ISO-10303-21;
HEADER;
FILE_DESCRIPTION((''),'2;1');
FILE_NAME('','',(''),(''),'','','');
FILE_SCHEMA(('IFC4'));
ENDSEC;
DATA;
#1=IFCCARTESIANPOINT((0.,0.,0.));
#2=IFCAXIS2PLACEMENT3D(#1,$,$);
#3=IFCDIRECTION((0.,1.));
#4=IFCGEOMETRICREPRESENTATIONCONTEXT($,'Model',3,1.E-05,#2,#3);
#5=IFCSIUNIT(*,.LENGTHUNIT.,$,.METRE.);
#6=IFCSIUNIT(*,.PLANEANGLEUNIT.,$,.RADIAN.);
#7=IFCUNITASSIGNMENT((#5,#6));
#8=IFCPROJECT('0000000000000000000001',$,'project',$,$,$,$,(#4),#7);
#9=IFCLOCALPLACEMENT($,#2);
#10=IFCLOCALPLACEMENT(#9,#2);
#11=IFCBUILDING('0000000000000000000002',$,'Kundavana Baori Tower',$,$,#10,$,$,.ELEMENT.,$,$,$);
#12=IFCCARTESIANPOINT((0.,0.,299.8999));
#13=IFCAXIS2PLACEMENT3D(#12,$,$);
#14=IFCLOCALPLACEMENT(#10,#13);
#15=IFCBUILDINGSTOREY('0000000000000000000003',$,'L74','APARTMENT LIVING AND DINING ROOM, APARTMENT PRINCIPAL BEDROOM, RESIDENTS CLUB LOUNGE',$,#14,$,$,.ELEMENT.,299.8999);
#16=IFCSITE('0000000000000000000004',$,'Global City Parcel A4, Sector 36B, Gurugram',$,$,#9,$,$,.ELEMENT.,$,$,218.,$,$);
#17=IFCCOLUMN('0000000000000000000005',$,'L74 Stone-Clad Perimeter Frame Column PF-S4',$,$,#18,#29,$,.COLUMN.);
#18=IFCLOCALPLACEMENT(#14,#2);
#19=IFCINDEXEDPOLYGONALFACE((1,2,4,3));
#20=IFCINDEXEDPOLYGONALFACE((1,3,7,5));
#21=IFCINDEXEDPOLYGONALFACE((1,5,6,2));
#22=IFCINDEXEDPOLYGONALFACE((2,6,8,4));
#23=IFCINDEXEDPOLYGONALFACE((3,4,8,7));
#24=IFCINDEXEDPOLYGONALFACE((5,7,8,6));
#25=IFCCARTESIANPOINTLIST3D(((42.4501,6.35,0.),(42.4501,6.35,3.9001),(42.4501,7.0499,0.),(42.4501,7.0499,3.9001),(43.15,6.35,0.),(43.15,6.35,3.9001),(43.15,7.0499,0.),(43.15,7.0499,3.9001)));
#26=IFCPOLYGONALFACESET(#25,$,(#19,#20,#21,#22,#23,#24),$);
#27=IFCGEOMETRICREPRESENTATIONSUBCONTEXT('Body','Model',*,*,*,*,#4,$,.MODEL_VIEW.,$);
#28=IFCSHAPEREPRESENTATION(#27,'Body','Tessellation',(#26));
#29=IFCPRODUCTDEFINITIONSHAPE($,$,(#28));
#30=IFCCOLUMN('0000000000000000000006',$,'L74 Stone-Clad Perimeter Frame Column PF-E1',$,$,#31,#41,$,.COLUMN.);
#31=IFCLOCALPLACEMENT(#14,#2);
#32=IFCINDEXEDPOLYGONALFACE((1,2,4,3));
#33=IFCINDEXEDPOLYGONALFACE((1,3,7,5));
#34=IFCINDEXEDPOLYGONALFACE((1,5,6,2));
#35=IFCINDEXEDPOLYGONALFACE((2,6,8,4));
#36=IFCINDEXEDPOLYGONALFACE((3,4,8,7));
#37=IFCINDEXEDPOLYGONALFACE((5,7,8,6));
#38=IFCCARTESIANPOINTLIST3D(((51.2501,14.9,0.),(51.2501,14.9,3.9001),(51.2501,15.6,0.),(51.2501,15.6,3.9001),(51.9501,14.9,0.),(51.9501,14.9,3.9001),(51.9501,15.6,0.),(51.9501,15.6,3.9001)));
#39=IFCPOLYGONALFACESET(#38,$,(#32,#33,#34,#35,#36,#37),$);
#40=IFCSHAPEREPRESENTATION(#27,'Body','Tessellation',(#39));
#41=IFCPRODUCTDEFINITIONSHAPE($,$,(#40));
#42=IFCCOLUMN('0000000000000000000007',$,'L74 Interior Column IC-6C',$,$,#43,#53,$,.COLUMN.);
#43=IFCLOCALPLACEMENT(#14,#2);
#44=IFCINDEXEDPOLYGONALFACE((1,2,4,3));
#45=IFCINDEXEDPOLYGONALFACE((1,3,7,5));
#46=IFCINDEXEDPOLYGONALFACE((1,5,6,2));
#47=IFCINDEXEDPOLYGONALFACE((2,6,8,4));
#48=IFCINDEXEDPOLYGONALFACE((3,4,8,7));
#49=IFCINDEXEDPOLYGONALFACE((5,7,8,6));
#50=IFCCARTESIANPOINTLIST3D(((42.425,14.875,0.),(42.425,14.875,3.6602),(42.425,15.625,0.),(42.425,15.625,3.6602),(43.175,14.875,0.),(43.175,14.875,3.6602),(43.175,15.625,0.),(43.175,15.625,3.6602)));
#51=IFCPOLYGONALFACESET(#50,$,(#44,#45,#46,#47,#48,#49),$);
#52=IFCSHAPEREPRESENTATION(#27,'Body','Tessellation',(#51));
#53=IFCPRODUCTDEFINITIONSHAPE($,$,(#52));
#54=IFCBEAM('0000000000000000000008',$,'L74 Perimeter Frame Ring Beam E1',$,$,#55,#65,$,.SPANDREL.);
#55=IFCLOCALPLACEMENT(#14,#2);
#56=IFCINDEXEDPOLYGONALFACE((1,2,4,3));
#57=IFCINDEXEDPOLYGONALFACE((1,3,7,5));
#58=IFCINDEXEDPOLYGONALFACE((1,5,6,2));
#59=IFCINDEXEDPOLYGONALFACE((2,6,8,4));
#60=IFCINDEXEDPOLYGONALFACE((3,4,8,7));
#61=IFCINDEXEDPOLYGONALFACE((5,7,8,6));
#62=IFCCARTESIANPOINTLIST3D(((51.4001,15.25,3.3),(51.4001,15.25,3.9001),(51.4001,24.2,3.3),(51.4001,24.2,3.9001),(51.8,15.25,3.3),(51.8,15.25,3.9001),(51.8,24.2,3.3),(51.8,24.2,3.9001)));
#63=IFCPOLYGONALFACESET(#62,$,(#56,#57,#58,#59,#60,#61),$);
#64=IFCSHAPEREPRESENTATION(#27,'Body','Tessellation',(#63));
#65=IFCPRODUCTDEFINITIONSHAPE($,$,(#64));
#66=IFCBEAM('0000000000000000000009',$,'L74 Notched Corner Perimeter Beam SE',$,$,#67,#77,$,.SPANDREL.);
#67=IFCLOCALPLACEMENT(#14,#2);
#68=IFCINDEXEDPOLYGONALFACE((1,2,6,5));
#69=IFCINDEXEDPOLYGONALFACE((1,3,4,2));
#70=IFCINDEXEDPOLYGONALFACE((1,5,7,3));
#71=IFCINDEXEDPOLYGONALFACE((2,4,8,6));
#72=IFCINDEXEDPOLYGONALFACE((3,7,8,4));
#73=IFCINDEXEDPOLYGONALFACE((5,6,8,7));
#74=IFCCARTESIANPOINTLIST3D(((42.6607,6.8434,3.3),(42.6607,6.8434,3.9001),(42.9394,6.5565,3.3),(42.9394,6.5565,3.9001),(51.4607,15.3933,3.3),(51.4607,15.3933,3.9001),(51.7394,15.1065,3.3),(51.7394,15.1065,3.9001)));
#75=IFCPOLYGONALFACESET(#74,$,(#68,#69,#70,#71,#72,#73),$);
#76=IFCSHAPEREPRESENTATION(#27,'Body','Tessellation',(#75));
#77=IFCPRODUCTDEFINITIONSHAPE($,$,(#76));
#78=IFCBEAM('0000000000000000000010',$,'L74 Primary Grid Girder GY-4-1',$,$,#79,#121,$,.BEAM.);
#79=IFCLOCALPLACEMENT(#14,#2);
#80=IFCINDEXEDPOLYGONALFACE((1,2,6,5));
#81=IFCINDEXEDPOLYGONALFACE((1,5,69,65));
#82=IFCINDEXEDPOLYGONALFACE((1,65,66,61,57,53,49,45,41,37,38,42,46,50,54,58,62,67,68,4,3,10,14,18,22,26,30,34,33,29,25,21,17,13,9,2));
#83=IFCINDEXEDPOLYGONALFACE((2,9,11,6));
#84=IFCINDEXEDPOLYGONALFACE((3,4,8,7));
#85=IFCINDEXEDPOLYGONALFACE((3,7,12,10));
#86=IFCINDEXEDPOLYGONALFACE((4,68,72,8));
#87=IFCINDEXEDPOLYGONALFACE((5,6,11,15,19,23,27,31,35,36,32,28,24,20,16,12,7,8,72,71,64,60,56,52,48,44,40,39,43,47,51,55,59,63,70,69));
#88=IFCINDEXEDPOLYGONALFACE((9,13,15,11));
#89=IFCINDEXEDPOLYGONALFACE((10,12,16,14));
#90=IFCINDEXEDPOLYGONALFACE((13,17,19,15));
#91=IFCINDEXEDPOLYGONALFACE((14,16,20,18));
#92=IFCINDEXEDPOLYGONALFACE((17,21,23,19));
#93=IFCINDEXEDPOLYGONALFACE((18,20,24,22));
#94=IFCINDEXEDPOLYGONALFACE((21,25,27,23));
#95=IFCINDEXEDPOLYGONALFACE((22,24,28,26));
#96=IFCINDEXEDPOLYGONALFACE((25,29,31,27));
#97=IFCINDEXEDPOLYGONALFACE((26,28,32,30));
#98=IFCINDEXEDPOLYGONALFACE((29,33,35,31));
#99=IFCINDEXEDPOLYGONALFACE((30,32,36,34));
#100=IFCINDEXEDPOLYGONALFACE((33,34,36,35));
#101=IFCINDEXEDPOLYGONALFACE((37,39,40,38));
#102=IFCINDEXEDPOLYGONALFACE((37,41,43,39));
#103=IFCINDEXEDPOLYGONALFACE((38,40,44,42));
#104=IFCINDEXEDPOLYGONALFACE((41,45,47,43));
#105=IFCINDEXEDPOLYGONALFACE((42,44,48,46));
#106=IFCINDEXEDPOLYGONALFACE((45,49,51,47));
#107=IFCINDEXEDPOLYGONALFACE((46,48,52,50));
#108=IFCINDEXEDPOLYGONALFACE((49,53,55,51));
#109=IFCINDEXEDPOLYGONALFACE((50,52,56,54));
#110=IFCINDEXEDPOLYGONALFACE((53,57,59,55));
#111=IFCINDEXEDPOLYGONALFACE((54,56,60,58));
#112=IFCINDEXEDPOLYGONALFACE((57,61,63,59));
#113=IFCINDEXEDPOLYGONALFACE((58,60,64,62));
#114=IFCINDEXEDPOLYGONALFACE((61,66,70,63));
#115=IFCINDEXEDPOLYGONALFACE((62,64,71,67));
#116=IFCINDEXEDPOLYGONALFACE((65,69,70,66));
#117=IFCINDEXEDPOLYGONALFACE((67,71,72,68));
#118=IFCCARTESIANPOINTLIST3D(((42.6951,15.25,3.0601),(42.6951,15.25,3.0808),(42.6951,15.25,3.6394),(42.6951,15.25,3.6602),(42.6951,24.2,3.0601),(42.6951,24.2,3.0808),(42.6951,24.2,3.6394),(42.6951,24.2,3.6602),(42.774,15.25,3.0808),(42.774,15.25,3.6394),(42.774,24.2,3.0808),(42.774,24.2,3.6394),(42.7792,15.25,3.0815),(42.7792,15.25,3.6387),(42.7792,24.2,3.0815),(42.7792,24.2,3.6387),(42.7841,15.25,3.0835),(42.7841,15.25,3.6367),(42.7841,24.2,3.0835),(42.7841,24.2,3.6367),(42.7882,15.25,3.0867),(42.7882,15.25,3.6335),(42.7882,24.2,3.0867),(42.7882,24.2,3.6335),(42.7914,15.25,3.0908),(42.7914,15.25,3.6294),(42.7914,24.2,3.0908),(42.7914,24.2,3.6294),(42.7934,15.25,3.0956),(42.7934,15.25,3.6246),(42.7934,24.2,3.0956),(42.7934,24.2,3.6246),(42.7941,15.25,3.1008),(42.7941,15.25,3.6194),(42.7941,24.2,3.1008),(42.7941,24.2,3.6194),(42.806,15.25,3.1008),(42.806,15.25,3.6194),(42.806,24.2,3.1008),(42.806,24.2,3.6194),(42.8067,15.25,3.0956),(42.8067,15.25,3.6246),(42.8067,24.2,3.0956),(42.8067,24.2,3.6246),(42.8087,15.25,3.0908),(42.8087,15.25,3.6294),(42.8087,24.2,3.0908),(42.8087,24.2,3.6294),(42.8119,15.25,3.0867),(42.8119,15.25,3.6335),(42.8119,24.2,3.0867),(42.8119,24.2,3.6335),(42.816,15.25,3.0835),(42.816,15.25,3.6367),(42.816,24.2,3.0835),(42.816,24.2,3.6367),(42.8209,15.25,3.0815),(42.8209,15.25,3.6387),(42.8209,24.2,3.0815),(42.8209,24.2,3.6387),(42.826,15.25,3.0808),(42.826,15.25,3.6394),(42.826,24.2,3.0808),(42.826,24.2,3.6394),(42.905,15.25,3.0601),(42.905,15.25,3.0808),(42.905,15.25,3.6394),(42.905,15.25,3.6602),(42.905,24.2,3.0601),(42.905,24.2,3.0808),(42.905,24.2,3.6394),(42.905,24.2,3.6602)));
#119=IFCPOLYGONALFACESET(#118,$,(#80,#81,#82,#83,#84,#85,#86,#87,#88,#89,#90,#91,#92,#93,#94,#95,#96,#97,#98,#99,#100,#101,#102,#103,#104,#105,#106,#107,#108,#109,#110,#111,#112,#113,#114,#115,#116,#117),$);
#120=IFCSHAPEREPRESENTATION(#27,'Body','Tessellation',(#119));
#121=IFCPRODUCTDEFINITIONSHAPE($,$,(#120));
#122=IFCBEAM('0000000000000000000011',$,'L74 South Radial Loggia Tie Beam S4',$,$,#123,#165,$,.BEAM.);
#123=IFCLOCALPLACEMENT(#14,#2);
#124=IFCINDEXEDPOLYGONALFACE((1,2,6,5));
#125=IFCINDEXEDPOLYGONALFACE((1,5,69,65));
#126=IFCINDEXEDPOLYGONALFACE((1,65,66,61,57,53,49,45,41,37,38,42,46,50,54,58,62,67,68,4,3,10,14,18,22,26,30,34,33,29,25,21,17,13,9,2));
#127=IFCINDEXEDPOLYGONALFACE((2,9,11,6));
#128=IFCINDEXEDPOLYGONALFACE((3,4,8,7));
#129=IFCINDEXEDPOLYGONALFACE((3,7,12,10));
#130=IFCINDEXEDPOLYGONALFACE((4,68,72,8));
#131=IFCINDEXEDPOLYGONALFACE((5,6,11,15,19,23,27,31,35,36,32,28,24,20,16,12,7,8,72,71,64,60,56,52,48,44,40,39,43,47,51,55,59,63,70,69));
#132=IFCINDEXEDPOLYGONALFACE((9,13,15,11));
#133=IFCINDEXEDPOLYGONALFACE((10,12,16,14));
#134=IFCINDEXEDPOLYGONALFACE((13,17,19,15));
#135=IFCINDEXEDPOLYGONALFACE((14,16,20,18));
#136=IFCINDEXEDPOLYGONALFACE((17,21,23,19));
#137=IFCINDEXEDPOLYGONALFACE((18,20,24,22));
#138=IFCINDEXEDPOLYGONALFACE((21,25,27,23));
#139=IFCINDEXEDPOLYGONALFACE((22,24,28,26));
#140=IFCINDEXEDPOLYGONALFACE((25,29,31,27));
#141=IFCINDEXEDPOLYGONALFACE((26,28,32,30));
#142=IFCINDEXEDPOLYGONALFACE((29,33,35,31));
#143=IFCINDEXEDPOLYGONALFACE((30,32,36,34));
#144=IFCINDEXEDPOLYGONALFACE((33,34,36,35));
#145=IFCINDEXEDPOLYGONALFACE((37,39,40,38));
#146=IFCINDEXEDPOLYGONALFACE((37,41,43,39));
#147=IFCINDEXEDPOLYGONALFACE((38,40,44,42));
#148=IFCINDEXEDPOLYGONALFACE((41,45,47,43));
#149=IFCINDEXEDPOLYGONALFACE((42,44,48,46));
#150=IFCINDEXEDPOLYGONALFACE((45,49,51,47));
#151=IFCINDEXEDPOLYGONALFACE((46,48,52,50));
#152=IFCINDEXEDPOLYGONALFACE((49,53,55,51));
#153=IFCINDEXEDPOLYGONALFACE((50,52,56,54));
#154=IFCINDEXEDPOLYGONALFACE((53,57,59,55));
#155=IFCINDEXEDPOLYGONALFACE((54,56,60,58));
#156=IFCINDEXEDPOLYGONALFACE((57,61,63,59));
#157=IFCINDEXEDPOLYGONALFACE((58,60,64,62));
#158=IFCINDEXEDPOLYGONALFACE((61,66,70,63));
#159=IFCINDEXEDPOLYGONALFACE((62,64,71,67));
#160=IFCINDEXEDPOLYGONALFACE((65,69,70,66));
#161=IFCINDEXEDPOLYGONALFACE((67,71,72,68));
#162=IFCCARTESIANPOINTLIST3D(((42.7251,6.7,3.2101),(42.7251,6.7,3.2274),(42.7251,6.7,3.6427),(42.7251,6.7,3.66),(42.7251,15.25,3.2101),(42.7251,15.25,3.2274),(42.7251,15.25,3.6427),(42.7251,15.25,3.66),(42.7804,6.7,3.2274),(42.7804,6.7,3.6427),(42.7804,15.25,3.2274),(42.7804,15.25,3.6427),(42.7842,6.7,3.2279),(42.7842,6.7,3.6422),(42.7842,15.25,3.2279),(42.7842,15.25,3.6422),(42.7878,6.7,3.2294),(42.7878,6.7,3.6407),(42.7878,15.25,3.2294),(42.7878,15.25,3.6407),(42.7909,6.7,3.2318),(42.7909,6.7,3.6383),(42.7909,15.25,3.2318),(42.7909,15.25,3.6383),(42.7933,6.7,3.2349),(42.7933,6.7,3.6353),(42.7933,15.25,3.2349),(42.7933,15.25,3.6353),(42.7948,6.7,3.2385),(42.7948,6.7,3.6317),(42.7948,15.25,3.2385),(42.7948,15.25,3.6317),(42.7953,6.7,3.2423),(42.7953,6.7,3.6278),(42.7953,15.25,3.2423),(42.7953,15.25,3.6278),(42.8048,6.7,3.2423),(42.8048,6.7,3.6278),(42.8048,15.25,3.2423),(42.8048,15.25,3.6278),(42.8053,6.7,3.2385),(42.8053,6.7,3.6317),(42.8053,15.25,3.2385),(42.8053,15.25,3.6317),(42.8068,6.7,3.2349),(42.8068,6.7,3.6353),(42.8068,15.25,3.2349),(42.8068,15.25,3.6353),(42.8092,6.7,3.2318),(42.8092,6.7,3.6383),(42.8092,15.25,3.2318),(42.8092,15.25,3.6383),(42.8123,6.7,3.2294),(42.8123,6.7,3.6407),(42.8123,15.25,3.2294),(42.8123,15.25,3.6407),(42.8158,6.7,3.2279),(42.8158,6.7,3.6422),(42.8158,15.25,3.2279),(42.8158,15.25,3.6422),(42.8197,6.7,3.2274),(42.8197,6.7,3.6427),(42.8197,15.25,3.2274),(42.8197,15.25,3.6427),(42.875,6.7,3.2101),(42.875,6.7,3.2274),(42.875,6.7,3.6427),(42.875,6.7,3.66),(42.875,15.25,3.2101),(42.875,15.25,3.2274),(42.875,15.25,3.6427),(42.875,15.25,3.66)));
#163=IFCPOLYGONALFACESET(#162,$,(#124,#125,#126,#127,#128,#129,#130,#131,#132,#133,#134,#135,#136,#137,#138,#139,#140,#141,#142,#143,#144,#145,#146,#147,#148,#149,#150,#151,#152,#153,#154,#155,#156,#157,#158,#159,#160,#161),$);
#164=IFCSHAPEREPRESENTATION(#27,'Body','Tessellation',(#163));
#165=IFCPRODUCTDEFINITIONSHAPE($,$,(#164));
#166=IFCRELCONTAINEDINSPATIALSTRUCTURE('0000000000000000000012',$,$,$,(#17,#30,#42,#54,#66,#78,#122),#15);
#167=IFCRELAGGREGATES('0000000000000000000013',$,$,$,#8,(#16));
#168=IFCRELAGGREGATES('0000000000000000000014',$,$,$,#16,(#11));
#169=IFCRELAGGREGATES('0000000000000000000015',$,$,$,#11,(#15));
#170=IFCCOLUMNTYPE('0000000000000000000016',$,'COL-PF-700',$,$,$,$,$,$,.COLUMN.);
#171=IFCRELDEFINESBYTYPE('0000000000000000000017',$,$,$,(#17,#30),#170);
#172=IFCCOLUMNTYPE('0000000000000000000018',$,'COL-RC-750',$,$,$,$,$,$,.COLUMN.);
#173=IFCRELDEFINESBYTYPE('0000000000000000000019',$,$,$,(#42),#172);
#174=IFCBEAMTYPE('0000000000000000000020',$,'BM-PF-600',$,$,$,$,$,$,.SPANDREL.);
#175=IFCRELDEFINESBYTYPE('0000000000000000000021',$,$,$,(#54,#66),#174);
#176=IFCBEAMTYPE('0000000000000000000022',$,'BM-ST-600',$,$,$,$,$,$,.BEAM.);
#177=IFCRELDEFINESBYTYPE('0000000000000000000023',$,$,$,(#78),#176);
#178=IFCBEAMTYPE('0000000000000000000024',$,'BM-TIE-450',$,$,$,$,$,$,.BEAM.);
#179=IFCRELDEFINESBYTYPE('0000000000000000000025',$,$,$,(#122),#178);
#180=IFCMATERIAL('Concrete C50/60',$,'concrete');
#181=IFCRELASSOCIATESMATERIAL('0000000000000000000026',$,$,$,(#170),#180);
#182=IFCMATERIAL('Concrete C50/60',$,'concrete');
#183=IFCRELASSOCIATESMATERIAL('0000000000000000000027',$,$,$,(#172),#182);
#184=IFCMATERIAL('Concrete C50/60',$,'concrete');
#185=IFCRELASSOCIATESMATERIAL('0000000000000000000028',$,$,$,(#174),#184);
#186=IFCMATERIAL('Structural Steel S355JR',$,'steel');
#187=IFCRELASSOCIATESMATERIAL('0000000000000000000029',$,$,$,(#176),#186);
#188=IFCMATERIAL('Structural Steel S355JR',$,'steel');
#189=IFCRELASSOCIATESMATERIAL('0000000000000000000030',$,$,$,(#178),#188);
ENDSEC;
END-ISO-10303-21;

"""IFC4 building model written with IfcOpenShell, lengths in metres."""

from ifc_helpers import new_model, si_unit, direction, frame, origin, origin_2d, place, context, subcontext, project, spatial, rectangle, i_section, extrude, material, material_profile, profile_set, type_object, element, save


model = new_model("IFC4")

# Units and contexts
model_context = context("Model", 3, precision=1e-05, world=origin(), true_north=direction((0.0, 1.0)))
body_context = subcontext(model_context, "Body", "Model", "MODEL_VIEW")
ifc_project = project(units=[si_unit("LENGTHUNIT", "METRE"), si_unit("PLANEANGLEUNIT", "RADIAN")], contexts=[model_context])

# Site, building, storey
site_placement = place(None, origin())
site = spatial("IfcSite", under=ifc_project, at=site_placement, Name="Global City Parcel A4, Sector 36B, Gurugram", CompositionType="ELEMENT", RefElevation=218.0)
building_placement = place(site_placement, origin())
building = spatial("IfcBuilding", under=site, at=building_placement, Name="Kundavana Baori Tower", CompositionType="ELEMENT")
storey_placement = place(building_placement, frame((0.0, 0.0, 299.8999)))
storey = spatial("IfcBuildingStorey", under=building, at=storey_placement, Name="L74", Description="APARTMENT LIVING AND DINING ROOM, APARTMENT PRINCIPAL BEDROOM, RESIDENTS CLUB LOUNGE", CompositionType="ELEMENT", Elevation=299.8999)

# Columns
ifc_material_1 = material(Name="Concrete C50/60", Category="concrete")
ifc_material_profile_1 = material_profile(ifc_material_1, rectangle(XDim=0.7, YDim=0.7, at=origin_2d()), Name="RC PF 700x700")
ifc_profile_set_1 = profile_set([ifc_material_profile_1], Name="Concrete C50/60")
column_type_1 = type_object("IfcColumnType", Name="COL-PF-700", PredefinedType="COLUMN", material=ifc_profile_set_1)
for number, where, z_axis, x_axis, name in (
    (1, (42.8, 6.7, 0.0), (0.0, 0.0, 1.0), (1.0, 0.0, 0.0), "L74 Stone-Clad Perimeter Frame Column PF-S4"),
    (2, (51.6001, 15.25, 0.0), (0.0, 0.0, 1.0), (1.0, 0.0, 0.0), "L74 Stone-Clad Perimeter Frame Column PF-E1"),
):
    element("IfcColumn", number, at=place(storey_placement, frame(where, z_axis=z_axis, x_axis=x_axis)), inside=storey, type_object=column_type_1, Name=name, PredefinedType="COLUMN", context=body_context, shape_type="SweptSolid", body=[
        extrude(rectangle(XDim=0.7, YDim=0.7, at=origin_2d()), origin(), (0.0, 0.0, 1.0), 3.9001),
    ])
ifc_material_2 = material(Name="Concrete C50/60", Category="concrete")
ifc_material_profile_2 = material_profile(ifc_material_2, rectangle(XDim=0.75, YDim=0.75, at=origin_2d()), Name="RC 750x750")
ifc_profile_set_2 = profile_set([ifc_material_profile_2], Name="Concrete C50/60")
column_type_2 = type_object("IfcColumnType", Name="COL-RC-750", PredefinedType="COLUMN", material=ifc_profile_set_2)
column_placement = place(storey_placement, frame((42.8, 15.25, 0.0), z_axis=(0.0, 0.0, 1.0), x_axis=(1.0, 0.0, 0.0)))
element("IfcColumn", 3, at=column_placement, inside=storey, type_object=column_type_2, Name="L74 Interior Column IC-6C", PredefinedType="COLUMN", context=body_context, shape_type="SweptSolid", body=[
    extrude(rectangle(XDim=0.75, YDim=0.75, at=origin_2d()), origin(), (0.0, 0.0, 1.0), 3.6602),
])

# Beams
ifc_material_3 = material(Name="Concrete C50/60", Category="concrete")
ifc_material_profile_3 = material_profile(ifc_material_3, rectangle(XDim=0.3999, YDim=0.6001, at=origin_2d()), Name="RC BM 400x600")
ifc_profile_set_3 = profile_set([ifc_material_profile_3], Name="Concrete C50/60")
beam_type_1 = type_object("IfcBeamType", Name="BM-PF-600", PredefinedType="SPANDREL", material=ifc_profile_set_3)
beam_1_placement = place(storey_placement, frame((51.6001, 15.25, 3.6001), z_axis=(0.0, 1.0, 0.0), x_axis=(-1.0, 0.0, 0.0)))
element("IfcBeam", 4, at=beam_1_placement, inside=storey, type_object=beam_type_1, Name="L74 Perimeter Frame Ring Beam E1", PredefinedType="SPANDREL", context=body_context, shape_type="SweptSolid", body=[
    extrude(rectangle(XDim=0.3999, YDim=0.6001, at=origin_2d()), origin(), (0.0, 0.0, 1.0), 8.95),
])
beam_2_placement = place(storey_placement, frame((42.8, 6.7, 3.6001), z_axis=(0.717221, 0.696846, 0.0), x_axis=(-0.696846, 0.717221, 0.0)))
element("IfcBeam", 5, at=beam_2_placement, inside=storey, type_object=beam_type_1, Name="L74 Notched Corner Perimeter Beam SE", PredefinedType="SPANDREL", context=body_context, shape_type="SweptSolid", body=[
    extrude(rectangle(XDim=0.3999, YDim=0.6001, at=origin_2d()), origin(), (0.0, 0.0, 1.0), 12.2695),
])
ifc_material_4 = material(Name="Structural Steel S355JR", Category="steel")
ifc_material_profile_4 = material_profile(ifc_material_4, i_section(OverallWidth=0.21, OverallDepth=0.6001, WebThickness=0.012, FlangeThickness=0.0208, FilletRadius=0.02, at=origin_2d()), Name="ISMB 600")
ifc_profile_set_4 = profile_set([ifc_material_profile_4], Name="Structural Steel S355JR")
beam_type_2 = type_object("IfcBeamType", Name="BM-ST-600", PredefinedType="BEAM", material=ifc_profile_set_4)
beam_3_placement = place(storey_placement, frame((42.8, 15.25, 3.3601), z_axis=(0.0, 1.0, 0.0), x_axis=(-1.0, 0.0, 0.0)))
element("IfcBeam", 6, at=beam_3_placement, inside=storey, type_object=beam_type_2, Name="L74 Primary Grid Girder GY-4-1", PredefinedType="BEAM", context=body_context, shape_type="SweptSolid", body=[
    extrude(i_section(OverallWidth=0.21, OverallDepth=0.6001, WebThickness=0.012, FlangeThickness=0.0208, FilletRadius=0.02, at=origin_2d()), origin(), (0.0, 0.0, 1.0), 8.95),
])
ifc_material_5 = material(Name="Structural Steel S355JR", Category="steel")
ifc_material_profile_5 = material_profile(ifc_material_5, i_section(OverallWidth=0.1499, OverallDepth=0.45, WebThickness=0.0095, FlangeThickness=0.0173, FilletRadius=0.0149, at=origin_2d()), Name="ISMB 450")
ifc_profile_set_5 = profile_set([ifc_material_profile_5], Name="Structural Steel S355JR")
beam_type_3 = type_object("IfcBeamType", Name="BM-TIE-450", PredefinedType="BEAM", material=ifc_profile_set_5)
beam_4_placement = place(storey_placement, frame((42.8, 15.25, 3.4351), z_axis=(0.0, -1.0, 0.0), x_axis=(1.0, 0.0, 0.0)))
element("IfcBeam", 7, at=beam_4_placement, inside=storey, type_object=beam_type_3, Name="L74 South Radial Loggia Tie Beam S4", PredefinedType="BEAM", context=body_context, shape_type="SweptSolid", body=[
    extrude(i_section(OverallWidth=0.1499, OverallDepth=0.45, WebThickness=0.0095, FlangeThickness=0.0173, FilletRadius=0.0149, at=origin_2d()), origin(), (0.0, 0.0, 1.0), 8.55),
])

save(model, "model.ifc")
